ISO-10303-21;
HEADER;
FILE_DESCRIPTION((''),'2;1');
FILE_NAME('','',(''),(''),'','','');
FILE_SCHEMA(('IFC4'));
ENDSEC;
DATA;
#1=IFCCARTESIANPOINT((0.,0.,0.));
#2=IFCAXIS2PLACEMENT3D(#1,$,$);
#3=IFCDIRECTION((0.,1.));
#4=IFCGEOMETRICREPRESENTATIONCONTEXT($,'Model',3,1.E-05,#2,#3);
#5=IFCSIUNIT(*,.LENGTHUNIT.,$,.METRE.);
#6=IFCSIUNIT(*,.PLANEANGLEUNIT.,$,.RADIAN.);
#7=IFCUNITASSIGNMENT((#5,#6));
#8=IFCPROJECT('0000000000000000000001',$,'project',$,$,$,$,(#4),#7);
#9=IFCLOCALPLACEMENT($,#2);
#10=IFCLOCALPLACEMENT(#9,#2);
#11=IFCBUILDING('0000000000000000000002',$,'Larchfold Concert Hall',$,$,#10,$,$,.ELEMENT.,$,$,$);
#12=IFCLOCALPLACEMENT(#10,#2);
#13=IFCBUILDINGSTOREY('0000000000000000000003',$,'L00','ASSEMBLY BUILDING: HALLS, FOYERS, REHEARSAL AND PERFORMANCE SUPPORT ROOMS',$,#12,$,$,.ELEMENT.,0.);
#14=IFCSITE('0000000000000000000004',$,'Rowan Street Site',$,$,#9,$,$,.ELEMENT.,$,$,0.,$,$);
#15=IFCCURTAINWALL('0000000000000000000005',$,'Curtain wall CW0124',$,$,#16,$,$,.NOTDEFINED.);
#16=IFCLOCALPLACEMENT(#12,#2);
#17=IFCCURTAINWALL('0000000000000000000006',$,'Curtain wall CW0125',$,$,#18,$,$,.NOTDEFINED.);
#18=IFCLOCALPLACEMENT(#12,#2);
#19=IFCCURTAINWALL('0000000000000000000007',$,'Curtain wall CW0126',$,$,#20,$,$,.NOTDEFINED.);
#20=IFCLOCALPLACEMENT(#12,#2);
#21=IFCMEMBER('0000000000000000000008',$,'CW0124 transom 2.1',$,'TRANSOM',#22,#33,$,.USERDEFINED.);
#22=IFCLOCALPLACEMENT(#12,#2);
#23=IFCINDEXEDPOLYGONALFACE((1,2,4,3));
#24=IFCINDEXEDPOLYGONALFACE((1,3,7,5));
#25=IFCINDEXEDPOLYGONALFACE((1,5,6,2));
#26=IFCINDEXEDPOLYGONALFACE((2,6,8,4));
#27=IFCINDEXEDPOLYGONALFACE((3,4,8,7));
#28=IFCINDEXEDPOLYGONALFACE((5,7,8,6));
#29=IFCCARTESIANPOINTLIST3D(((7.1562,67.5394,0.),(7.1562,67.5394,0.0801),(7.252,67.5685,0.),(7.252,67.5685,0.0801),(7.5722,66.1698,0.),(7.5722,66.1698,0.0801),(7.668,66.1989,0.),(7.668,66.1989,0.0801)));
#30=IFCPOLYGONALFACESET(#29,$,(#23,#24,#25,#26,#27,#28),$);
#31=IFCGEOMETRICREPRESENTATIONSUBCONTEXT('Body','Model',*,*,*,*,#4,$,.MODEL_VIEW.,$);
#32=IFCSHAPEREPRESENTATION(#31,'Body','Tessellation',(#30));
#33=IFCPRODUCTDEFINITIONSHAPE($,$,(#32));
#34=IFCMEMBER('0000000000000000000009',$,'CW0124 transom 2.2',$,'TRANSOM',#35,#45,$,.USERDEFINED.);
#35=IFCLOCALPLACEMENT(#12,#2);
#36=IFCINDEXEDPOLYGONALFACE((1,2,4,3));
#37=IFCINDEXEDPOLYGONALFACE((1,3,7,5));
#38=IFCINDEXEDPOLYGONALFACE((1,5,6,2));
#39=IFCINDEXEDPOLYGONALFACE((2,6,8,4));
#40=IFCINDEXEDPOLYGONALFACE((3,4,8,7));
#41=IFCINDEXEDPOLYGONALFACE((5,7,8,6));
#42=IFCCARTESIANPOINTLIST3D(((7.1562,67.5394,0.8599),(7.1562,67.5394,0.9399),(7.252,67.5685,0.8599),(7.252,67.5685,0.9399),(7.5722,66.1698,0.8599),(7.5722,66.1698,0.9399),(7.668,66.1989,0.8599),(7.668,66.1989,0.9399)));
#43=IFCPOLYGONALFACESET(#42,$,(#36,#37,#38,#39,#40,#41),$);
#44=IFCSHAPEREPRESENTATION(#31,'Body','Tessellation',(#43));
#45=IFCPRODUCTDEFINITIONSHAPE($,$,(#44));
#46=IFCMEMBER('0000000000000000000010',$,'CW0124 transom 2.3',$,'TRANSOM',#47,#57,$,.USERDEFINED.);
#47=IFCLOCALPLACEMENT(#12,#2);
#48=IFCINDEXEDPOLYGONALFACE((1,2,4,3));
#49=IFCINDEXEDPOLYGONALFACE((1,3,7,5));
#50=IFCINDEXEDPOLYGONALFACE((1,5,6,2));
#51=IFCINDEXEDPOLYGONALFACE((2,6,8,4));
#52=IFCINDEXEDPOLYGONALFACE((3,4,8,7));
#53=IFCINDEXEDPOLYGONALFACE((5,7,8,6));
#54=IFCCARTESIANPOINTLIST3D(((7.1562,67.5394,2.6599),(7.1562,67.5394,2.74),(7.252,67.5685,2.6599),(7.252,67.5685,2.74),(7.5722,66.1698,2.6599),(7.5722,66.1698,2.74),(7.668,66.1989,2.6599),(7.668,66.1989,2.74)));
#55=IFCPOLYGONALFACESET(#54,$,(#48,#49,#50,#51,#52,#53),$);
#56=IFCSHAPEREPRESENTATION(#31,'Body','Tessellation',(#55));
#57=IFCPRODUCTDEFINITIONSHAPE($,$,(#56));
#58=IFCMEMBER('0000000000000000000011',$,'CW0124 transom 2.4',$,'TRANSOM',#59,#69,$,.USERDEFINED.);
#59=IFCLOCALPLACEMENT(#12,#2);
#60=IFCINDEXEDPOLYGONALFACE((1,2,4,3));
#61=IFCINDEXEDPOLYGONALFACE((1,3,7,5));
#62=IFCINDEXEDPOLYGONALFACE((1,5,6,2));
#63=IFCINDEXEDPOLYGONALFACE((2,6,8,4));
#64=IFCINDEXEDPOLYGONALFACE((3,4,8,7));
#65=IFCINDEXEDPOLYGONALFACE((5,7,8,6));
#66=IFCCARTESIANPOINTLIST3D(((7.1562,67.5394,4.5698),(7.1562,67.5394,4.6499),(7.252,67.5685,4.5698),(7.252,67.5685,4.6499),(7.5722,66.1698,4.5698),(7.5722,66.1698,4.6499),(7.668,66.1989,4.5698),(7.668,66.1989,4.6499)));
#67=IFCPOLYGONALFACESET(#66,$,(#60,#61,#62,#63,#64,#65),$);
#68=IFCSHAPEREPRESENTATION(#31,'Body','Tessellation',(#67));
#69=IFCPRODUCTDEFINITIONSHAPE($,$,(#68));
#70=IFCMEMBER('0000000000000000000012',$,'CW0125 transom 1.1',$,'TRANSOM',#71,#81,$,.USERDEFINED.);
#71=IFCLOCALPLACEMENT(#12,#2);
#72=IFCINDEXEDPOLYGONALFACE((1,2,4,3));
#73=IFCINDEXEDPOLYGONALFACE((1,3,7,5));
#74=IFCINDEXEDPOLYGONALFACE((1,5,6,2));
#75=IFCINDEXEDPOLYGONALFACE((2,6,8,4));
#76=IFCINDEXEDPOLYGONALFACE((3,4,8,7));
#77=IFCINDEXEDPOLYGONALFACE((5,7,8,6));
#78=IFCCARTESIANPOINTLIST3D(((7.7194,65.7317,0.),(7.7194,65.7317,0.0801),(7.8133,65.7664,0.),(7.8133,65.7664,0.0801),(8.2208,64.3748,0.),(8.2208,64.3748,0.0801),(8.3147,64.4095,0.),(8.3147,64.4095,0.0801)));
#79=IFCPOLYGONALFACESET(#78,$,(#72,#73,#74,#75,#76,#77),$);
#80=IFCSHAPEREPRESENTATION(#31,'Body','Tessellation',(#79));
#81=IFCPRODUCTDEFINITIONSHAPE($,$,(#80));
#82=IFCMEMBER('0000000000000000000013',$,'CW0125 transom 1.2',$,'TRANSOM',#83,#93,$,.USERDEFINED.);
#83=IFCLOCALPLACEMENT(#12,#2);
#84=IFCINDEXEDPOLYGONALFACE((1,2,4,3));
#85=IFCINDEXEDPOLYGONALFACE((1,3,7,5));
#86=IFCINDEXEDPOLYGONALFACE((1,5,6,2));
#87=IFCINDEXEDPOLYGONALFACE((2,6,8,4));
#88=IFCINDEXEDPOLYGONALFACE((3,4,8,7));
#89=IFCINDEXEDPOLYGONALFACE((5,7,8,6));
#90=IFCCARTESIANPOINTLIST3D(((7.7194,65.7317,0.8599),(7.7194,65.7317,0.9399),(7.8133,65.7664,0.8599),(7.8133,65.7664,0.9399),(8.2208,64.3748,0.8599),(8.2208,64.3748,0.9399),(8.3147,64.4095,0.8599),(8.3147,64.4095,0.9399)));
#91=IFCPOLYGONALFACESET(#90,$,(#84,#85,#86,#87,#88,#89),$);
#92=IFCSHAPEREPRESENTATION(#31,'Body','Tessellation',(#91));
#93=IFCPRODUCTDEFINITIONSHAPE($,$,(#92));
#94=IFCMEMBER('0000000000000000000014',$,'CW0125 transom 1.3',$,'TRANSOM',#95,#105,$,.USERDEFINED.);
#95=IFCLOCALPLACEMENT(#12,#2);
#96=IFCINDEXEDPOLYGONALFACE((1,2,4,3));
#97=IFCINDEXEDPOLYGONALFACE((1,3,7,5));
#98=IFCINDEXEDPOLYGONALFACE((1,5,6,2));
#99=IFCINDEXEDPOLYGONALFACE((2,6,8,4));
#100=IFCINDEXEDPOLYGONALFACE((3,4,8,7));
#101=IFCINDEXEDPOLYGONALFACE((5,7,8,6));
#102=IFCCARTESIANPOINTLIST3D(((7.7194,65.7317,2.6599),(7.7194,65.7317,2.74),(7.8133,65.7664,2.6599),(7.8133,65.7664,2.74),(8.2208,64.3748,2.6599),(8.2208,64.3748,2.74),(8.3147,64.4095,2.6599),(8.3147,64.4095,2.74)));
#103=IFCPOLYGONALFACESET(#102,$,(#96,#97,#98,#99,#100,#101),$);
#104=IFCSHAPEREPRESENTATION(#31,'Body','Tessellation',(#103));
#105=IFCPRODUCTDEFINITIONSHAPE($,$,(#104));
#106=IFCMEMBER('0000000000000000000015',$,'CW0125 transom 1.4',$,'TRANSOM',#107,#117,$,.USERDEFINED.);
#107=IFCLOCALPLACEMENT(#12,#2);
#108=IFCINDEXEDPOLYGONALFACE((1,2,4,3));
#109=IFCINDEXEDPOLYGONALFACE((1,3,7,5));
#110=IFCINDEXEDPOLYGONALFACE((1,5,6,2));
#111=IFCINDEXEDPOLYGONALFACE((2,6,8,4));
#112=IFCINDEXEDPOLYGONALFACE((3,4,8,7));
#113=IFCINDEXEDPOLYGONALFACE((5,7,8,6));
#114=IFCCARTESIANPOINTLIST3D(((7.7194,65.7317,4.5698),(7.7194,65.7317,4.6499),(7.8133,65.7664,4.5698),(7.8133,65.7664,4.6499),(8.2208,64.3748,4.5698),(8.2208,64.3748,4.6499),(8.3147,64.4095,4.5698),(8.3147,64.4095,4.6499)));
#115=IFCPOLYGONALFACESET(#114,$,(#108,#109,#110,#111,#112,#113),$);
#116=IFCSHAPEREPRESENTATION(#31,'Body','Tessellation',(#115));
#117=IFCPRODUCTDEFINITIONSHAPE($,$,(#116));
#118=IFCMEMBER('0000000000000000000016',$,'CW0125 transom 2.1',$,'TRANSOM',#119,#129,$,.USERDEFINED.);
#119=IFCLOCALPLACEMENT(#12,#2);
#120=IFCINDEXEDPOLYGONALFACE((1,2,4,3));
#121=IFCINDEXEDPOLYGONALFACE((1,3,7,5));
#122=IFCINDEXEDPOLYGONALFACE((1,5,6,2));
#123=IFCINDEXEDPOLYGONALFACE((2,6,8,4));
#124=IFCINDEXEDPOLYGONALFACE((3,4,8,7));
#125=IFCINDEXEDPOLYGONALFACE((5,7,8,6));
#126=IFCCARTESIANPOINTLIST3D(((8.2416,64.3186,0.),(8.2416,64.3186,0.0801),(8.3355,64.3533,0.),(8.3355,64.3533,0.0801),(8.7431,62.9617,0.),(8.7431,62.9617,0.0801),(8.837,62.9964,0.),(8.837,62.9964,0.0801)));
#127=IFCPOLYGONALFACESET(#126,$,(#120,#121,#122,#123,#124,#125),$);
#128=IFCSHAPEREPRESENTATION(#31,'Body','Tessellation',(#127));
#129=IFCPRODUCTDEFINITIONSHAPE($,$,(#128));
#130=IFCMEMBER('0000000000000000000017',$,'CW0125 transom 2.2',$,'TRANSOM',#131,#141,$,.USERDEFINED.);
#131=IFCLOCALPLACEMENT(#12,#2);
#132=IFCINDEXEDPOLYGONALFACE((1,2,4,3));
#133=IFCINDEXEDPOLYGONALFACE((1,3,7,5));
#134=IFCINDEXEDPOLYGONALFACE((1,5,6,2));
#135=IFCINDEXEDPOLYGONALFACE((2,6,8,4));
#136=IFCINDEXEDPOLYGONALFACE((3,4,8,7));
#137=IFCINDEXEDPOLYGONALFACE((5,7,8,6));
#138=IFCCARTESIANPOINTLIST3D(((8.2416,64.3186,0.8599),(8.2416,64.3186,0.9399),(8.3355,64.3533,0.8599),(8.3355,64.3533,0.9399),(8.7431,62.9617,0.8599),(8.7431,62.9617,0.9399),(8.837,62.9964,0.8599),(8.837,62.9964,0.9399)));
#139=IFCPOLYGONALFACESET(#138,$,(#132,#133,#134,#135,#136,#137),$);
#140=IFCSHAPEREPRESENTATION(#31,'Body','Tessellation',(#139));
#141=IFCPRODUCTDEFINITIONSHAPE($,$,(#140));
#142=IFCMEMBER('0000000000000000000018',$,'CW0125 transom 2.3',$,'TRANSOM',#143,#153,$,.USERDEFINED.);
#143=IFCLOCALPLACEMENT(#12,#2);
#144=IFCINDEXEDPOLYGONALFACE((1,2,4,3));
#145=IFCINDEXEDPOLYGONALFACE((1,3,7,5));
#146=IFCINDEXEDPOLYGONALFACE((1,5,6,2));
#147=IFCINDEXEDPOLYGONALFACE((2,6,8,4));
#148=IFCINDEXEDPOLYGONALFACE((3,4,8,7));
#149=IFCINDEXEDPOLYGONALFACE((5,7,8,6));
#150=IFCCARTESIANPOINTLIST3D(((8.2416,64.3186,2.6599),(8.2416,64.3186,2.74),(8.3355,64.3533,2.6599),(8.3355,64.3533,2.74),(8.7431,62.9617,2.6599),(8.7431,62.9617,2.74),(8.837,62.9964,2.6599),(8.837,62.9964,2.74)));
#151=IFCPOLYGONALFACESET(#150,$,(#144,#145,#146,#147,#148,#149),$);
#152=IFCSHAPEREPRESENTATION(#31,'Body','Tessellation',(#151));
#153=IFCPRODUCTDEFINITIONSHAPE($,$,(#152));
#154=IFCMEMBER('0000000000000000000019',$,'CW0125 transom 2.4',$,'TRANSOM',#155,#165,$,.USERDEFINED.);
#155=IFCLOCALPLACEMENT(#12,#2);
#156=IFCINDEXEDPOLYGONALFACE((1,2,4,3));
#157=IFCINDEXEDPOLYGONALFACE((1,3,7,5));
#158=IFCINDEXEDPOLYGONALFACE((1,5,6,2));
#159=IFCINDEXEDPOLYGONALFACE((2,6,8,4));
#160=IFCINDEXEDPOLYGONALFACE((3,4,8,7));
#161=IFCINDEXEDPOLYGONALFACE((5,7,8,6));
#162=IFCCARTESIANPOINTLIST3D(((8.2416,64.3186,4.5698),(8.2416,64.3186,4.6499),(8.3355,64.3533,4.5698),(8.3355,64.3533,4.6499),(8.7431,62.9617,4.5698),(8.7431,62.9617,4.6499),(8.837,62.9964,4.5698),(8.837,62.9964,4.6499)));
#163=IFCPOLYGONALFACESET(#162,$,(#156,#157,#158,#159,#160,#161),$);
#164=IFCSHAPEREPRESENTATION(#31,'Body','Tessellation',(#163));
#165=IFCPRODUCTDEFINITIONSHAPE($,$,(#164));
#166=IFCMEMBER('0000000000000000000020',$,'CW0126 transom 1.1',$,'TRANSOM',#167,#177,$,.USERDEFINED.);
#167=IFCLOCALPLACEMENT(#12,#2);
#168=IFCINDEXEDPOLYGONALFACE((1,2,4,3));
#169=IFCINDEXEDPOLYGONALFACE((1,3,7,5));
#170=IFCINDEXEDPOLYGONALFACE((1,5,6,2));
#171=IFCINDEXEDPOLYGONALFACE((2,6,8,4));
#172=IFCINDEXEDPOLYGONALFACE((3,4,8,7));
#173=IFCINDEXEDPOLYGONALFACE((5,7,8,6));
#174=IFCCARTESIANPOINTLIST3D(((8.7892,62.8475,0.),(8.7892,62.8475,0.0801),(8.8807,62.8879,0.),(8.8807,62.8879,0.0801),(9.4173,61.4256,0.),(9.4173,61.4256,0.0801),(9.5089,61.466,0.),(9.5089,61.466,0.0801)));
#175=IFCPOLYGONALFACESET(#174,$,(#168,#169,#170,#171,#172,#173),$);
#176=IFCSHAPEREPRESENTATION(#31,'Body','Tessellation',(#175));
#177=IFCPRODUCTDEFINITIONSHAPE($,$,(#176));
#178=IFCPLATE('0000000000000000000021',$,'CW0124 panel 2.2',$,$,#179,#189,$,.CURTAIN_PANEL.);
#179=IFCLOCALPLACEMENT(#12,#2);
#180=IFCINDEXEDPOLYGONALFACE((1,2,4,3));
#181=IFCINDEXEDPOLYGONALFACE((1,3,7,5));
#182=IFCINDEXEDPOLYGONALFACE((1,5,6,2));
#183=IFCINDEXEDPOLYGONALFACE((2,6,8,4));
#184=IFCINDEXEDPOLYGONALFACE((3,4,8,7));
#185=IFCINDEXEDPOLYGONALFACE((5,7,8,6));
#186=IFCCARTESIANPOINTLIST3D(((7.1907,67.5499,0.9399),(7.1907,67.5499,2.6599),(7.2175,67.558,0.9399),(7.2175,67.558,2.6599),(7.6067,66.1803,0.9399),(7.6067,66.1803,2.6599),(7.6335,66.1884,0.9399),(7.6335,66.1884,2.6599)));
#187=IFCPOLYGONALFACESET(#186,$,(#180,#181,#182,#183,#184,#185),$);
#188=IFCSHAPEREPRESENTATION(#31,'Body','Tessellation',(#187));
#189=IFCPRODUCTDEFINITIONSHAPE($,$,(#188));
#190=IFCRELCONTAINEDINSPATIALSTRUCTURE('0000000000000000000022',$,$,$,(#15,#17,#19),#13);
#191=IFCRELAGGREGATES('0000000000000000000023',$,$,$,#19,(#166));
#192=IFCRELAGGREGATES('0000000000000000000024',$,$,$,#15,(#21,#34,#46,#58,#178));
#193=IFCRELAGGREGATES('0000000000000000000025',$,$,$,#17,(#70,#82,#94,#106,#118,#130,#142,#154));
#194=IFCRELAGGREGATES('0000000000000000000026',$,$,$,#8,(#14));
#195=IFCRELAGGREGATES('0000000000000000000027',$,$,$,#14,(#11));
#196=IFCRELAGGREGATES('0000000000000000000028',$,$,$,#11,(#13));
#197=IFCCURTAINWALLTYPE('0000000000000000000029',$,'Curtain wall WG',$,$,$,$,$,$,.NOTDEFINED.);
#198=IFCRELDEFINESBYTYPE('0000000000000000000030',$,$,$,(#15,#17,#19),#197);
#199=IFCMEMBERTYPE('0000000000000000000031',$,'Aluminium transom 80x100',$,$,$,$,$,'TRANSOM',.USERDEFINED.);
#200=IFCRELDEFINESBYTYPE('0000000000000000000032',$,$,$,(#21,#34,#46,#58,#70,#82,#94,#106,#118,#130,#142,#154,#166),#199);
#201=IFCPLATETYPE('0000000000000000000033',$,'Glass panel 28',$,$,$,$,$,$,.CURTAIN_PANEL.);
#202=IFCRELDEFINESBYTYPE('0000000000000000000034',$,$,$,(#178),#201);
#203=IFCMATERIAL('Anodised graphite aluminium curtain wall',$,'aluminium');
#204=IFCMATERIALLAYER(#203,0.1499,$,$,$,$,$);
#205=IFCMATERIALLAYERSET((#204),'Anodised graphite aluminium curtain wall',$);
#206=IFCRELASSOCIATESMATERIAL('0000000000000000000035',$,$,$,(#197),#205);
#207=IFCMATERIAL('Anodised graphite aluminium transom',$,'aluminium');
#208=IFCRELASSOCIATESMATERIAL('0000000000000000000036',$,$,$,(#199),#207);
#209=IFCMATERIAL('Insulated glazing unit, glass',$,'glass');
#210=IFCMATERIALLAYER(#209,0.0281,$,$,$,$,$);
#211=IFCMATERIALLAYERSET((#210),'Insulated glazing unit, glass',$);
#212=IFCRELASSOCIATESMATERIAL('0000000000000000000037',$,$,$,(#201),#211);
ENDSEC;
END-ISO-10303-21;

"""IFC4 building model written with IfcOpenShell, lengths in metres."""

from ifc_helpers import new_model, si_unit, direction, frame, origin, origin_2d, place, context, subcontext, project, spatial, rectangle, extrude, material, layer, layer_set, material_profile, profile_set, type_object, element, aggregate, save


model = new_model("IFC4")

# Units and contexts
model_context = context("Model", 3, precision=1e-05, world=origin(), true_north=direction((0.0, 1.0)))
body_context = subcontext(model_context, "Body", "Model", "MODEL_VIEW")
ifc_project = project(units=[si_unit("LENGTHUNIT", "METRE"), si_unit("PLANEANGLEUNIT", "RADIAN")], contexts=[model_context])

# Site, building, storey
site_placement = place(None, origin())
site = spatial("IfcSite", under=ifc_project, at=site_placement, Name="Rowan Street Site", CompositionType="ELEMENT", RefElevation=0.0)
building_placement = place(site_placement, origin())
building = spatial("IfcBuilding", under=site, at=building_placement, Name="Larchfold Concert Hall", CompositionType="ELEMENT")
storey_placement = place(building_placement, origin())
storey = spatial("IfcBuildingStorey", under=building, at=storey_placement, Name="L00", Description="ASSEMBLY BUILDING: HALLS, FOYERS, REHEARSAL AND PERFORMANCE SUPPORT ROOMS", CompositionType="ELEMENT", Elevation=0.0)

# Curtain walls
ifc_material_1 = material(Name="Anodised graphite aluminium curtain wall", Category="aluminium")
ifc_layer_1 = layer(ifc_material_1, 0.1499)
ifc_layer_set_1 = layer_set([ifc_layer_1], Name="Anodised graphite aluminium curtain wall")
curtain_wall_type = type_object("IfcCurtainWallType", Name="Curtain wall WG", PredefinedType="NOTDEFINED", material=ifc_layer_set_1)
curtain_wall_1_placement = place(storey_placement, origin())
curtain_wall_1 = element("IfcCurtainWall", 1, at=curtain_wall_1_placement, inside=storey, type_object=curtain_wall_type, Name="Curtain wall CW0124", PredefinedType="NOTDEFINED")
curtain_wall_2_placement = place(storey_placement, origin())
curtain_wall_2 = element("IfcCurtainWall", 2, at=curtain_wall_2_placement, inside=storey, type_object=curtain_wall_type, Name="Curtain wall CW0125", PredefinedType="NOTDEFINED")

# Curtain wall
curtain_wall_3_placement = place(storey_placement, origin())
curtain_wall_3 = element("IfcCurtainWall", 3, at=curtain_wall_3_placement, inside=storey, type_object=curtain_wall_type, Name="Curtain wall CW0126", PredefinedType="NOTDEFINED")

# Members
ifc_material_2 = material(Name="Anodised graphite aluminium transom", Category="aluminium")
ifc_material_profile_1 = material_profile(ifc_material_2, rectangle(XDim=0.1001, YDim=0.0801, at=origin_2d()))
ifc_profile_set_1 = profile_set([ifc_material_profile_1], Name="Anodised graphite aluminium transom")
member_type_1 = type_object("IfcMemberType", Name="Aluminium transom 80x100", ElementType="TRANSOM", PredefinedType="USERDEFINED", material=ifc_profile_set_1)
member_1_placement = place(storey_placement, frame((7.2041, 67.554, 0.04), z_axis=(0.290632, -0.956835, 0.0), x_axis=(0.956835, 0.290632, 0.0)))
member_1 = element("IfcMember", 4, at=member_1_placement, type_object=member_type_1, Name="CW0124 transom 2.1", ObjectType="TRANSOM", PredefinedType="USERDEFINED", context=body_context, shape_type="SweptSolid", body=[
    extrude(rectangle(XDim=0.1001, YDim=0.0801, at=origin_2d()), origin(), (0.0, 0.0, 1.0), 1.4314),
])
member_2_placement = place(storey_placement, frame((7.2041, 67.554, 0.8999), z_axis=(0.290632, -0.956835, 0.0), x_axis=(0.956835, 0.290632, 0.0)))
member_2 = element("IfcMember", 5, at=member_2_placement, type_object=member_type_1, Name="CW0124 transom 2.2", ObjectType="TRANSOM", PredefinedType="USERDEFINED", context=body_context, shape_type="SweptSolid", body=[
    extrude(rectangle(XDim=0.1001, YDim=0.0801, at=origin_2d()), origin(), (0.0, 0.0, 1.0), 1.4314),
])
member_3_placement = place(storey_placement, frame((7.2041, 67.554, 2.7), z_axis=(0.290632, -0.956835, 0.0), x_axis=(0.956835, 0.290632, 0.0)))
member_3 = element("IfcMember", 6, at=member_3_placement, type_object=member_type_1, Name="CW0124 transom 2.3", ObjectType="TRANSOM", PredefinedType="USERDEFINED", context=body_context, shape_type="SweptSolid", body=[
    extrude(rectangle(XDim=0.1001, YDim=0.0801, at=origin_2d()), origin(), (0.0, 0.0, 1.0), 1.4314),
])
member_4_placement = place(storey_placement, frame((7.2041, 67.554, 4.6099), z_axis=(0.290632, -0.956835, 0.0), x_axis=(0.956835, 0.290632, 0.0)))
member_4 = element("IfcMember", 7, at=member_4_placement, type_object=member_type_1, Name="CW0124 transom 2.4", ObjectType="TRANSOM", PredefinedType="USERDEFINED", context=body_context, shape_type="SweptSolid", body=[
    extrude(rectangle(XDim=0.1001, YDim=0.0801, at=origin_2d()), origin(), (0.0, 0.0, 1.0), 1.4314),
])
member_5_placement = place(storey_placement, frame((7.7664, 65.749, 0.04), z_axis=(0.346644, -0.937997, 0.0), x_axis=(0.937997, 0.346644, 0.0)))
member_5 = element("IfcMember", 8, at=member_5_placement, type_object=member_type_1, Name="CW0125 transom 1.1", ObjectType="TRANSOM", PredefinedType="USERDEFINED", context=body_context, shape_type="SweptSolid", body=[
    extrude(rectangle(XDim=0.1001, YDim=0.0801, at=origin_2d()), origin(), (0.0, 0.0, 1.0), 1.4465),
])
member_6_placement = place(storey_placement, frame((7.7664, 65.749, 0.8999), z_axis=(0.346644, -0.937997, 0.0), x_axis=(0.937997, 0.346644, 0.0)))
member_6 = element("IfcMember", 9, at=member_6_placement, type_object=member_type_1, Name="CW0125 transom 1.2", ObjectType="TRANSOM", PredefinedType="USERDEFINED", context=body_context, shape_type="SweptSolid", body=[
    extrude(rectangle(XDim=0.1001, YDim=0.0801, at=origin_2d()), origin(), (0.0, 0.0, 1.0), 1.4465),
])
member_7_placement = place(storey_placement, frame((7.7664, 65.749, 2.7), z_axis=(0.346644, -0.937997, 0.0), x_axis=(0.937997, 0.346644, 0.0)))
member_7 = element("IfcMember", 10, at=member_7_placement, type_object=member_type_1, Name="CW0125 transom 1.3", ObjectType="TRANSOM", PredefinedType="USERDEFINED", context=body_context, shape_type="SweptSolid", body=[
    extrude(rectangle(XDim=0.1001, YDim=0.0801, at=origin_2d()), origin(), (0.0, 0.0, 1.0), 1.4465),
])
member_8_placement = place(storey_placement, frame((7.7664, 65.749, 4.6099), z_axis=(0.346644, -0.937997, 0.0), x_axis=(0.937997, 0.346644, 0.0)))
member_8 = element("IfcMember", 11, at=member_8_placement, type_object=member_type_1, Name="CW0125 transom 1.4", ObjectType="TRANSOM", PredefinedType="USERDEFINED", context=body_context, shape_type="SweptSolid", body=[
    extrude(rectangle(XDim=0.1001, YDim=0.0801, at=origin_2d()), origin(), (0.0, 0.0, 1.0), 1.4465),
])
member_9_placement = place(storey_placement, frame((8.2886, 64.3359, 0.04), z_axis=(0.346644, -0.937997, 0.0), x_axis=(0.937997, 0.346644, 0.0)))
member_9 = element("IfcMember", 12, at=member_9_placement, type_object=member_type_1, Name="CW0125 transom 2.1", ObjectType="TRANSOM", PredefinedType="USERDEFINED", context=body_context, shape_type="SweptSolid", body=[
    extrude(rectangle(XDim=0.1001, YDim=0.0801, at=origin_2d()), origin(), (0.0, 0.0, 1.0), 1.4465),
])
member_10_placement = place(storey_placement, frame((8.2886, 64.3359, 0.8999), z_axis=(0.346644, -0.937997, 0.0), x_axis=(0.937997, 0.346644, 0.0)))
member_10 = element("IfcMember", 13, at=member_10_placement, type_object=member_type_1, Name="CW0125 transom 2.2", ObjectType="TRANSOM", PredefinedType="USERDEFINED", context=body_context, shape_type="SweptSolid", body=[
    extrude(rectangle(XDim=0.1001, YDim=0.0801, at=origin_2d()), origin(), (0.0, 0.0, 1.0), 1.4465),
])
member_11_placement = place(storey_placement, frame((8.2886, 64.3359, 2.7), z_axis=(0.346644, -0.937997, 0.0), x_axis=(0.937997, 0.346644, 0.0)))
member_11 = element("IfcMember", 14, at=member_11_placement, type_object=member_type_1, Name="CW0125 transom 2.3", ObjectType="TRANSOM", PredefinedType="USERDEFINED", context=body_context, shape_type="SweptSolid", body=[
    extrude(rectangle(XDim=0.1001, YDim=0.0801, at=origin_2d()), origin(), (0.0, 0.0, 1.0), 1.4465),
])
member_12_placement = place(storey_placement, frame((8.2886, 64.3359, 4.6099), z_axis=(0.346644, -0.937997, 0.0), x_axis=(0.937997, 0.346644, 0.0)))
member_12 = element("IfcMember", 15, at=member_12_placement, type_object=member_type_1, Name="CW0125 transom 2.4", ObjectType="TRANSOM", PredefinedType="USERDEFINED", context=body_context, shape_type="SweptSolid", body=[
    extrude(rectangle(XDim=0.1001, YDim=0.0801, at=origin_2d()), origin(), (0.0, 0.0, 1.0), 1.4465),
])
member_13_placement = place(storey_placement, frame((8.835, 62.8677, 0.04), z_axis=(0.404112, -0.91471, 0.0), x_axis=(0.91471, 0.404112, 0.0)))
member_13 = element("IfcMember", 16, at=member_13_placement, type_object=member_type_1, Name="CW0126 transom 1.1", ObjectType="TRANSOM", PredefinedType="USERDEFINED", context=body_context, shape_type="SweptSolid", body=[
    extrude(rectangle(XDim=0.1001, YDim=0.0801, at=origin_2d()), origin(), (0.0, 0.0, 1.0), 1.5544),
])
aggregate(curtain_wall_3, [member_13])

# Plate
ifc_material_3 = material(Name="Insulated glazing unit, glass", Category="glass")
ifc_layer_2 = layer(ifc_material_3, 0.0281)
ifc_layer_set_2 = layer_set([ifc_layer_2], Name="Insulated glazing unit, glass")
plate_type_1 = type_object("IfcPlateType", Name="Glass panel 28", PredefinedType="CURTAIN_PANEL", material=ifc_layer_set_2)
plate_1_placement = place(storey_placement, frame((7.4121, 66.8691, 0.9399), z_axis=(0.0, 0.0, 1.0), x_axis=(0.290622, -0.956838, 0.0)))
plate_1 = element("IfcPlate", 17, at=plate_1_placement, type_object=plate_type_1, Name="CW0124 panel 2.2", PredefinedType="CURTAIN_PANEL", context=body_context, shape_type="SweptSolid", body=[
    extrude(rectangle(XDim=1.4314, YDim=0.0281, at=origin_2d()), origin(), (0.0, 0.0, 1.0), 1.72),
])
aggregate(curtain_wall_1, [member_1, member_2, member_3, member_4, plate_1])
aggregate(curtain_wall_2, [member_5, member_6, member_7, member_8, member_9, member_10, member_11, member_12])

save(model, "model.ifc")
